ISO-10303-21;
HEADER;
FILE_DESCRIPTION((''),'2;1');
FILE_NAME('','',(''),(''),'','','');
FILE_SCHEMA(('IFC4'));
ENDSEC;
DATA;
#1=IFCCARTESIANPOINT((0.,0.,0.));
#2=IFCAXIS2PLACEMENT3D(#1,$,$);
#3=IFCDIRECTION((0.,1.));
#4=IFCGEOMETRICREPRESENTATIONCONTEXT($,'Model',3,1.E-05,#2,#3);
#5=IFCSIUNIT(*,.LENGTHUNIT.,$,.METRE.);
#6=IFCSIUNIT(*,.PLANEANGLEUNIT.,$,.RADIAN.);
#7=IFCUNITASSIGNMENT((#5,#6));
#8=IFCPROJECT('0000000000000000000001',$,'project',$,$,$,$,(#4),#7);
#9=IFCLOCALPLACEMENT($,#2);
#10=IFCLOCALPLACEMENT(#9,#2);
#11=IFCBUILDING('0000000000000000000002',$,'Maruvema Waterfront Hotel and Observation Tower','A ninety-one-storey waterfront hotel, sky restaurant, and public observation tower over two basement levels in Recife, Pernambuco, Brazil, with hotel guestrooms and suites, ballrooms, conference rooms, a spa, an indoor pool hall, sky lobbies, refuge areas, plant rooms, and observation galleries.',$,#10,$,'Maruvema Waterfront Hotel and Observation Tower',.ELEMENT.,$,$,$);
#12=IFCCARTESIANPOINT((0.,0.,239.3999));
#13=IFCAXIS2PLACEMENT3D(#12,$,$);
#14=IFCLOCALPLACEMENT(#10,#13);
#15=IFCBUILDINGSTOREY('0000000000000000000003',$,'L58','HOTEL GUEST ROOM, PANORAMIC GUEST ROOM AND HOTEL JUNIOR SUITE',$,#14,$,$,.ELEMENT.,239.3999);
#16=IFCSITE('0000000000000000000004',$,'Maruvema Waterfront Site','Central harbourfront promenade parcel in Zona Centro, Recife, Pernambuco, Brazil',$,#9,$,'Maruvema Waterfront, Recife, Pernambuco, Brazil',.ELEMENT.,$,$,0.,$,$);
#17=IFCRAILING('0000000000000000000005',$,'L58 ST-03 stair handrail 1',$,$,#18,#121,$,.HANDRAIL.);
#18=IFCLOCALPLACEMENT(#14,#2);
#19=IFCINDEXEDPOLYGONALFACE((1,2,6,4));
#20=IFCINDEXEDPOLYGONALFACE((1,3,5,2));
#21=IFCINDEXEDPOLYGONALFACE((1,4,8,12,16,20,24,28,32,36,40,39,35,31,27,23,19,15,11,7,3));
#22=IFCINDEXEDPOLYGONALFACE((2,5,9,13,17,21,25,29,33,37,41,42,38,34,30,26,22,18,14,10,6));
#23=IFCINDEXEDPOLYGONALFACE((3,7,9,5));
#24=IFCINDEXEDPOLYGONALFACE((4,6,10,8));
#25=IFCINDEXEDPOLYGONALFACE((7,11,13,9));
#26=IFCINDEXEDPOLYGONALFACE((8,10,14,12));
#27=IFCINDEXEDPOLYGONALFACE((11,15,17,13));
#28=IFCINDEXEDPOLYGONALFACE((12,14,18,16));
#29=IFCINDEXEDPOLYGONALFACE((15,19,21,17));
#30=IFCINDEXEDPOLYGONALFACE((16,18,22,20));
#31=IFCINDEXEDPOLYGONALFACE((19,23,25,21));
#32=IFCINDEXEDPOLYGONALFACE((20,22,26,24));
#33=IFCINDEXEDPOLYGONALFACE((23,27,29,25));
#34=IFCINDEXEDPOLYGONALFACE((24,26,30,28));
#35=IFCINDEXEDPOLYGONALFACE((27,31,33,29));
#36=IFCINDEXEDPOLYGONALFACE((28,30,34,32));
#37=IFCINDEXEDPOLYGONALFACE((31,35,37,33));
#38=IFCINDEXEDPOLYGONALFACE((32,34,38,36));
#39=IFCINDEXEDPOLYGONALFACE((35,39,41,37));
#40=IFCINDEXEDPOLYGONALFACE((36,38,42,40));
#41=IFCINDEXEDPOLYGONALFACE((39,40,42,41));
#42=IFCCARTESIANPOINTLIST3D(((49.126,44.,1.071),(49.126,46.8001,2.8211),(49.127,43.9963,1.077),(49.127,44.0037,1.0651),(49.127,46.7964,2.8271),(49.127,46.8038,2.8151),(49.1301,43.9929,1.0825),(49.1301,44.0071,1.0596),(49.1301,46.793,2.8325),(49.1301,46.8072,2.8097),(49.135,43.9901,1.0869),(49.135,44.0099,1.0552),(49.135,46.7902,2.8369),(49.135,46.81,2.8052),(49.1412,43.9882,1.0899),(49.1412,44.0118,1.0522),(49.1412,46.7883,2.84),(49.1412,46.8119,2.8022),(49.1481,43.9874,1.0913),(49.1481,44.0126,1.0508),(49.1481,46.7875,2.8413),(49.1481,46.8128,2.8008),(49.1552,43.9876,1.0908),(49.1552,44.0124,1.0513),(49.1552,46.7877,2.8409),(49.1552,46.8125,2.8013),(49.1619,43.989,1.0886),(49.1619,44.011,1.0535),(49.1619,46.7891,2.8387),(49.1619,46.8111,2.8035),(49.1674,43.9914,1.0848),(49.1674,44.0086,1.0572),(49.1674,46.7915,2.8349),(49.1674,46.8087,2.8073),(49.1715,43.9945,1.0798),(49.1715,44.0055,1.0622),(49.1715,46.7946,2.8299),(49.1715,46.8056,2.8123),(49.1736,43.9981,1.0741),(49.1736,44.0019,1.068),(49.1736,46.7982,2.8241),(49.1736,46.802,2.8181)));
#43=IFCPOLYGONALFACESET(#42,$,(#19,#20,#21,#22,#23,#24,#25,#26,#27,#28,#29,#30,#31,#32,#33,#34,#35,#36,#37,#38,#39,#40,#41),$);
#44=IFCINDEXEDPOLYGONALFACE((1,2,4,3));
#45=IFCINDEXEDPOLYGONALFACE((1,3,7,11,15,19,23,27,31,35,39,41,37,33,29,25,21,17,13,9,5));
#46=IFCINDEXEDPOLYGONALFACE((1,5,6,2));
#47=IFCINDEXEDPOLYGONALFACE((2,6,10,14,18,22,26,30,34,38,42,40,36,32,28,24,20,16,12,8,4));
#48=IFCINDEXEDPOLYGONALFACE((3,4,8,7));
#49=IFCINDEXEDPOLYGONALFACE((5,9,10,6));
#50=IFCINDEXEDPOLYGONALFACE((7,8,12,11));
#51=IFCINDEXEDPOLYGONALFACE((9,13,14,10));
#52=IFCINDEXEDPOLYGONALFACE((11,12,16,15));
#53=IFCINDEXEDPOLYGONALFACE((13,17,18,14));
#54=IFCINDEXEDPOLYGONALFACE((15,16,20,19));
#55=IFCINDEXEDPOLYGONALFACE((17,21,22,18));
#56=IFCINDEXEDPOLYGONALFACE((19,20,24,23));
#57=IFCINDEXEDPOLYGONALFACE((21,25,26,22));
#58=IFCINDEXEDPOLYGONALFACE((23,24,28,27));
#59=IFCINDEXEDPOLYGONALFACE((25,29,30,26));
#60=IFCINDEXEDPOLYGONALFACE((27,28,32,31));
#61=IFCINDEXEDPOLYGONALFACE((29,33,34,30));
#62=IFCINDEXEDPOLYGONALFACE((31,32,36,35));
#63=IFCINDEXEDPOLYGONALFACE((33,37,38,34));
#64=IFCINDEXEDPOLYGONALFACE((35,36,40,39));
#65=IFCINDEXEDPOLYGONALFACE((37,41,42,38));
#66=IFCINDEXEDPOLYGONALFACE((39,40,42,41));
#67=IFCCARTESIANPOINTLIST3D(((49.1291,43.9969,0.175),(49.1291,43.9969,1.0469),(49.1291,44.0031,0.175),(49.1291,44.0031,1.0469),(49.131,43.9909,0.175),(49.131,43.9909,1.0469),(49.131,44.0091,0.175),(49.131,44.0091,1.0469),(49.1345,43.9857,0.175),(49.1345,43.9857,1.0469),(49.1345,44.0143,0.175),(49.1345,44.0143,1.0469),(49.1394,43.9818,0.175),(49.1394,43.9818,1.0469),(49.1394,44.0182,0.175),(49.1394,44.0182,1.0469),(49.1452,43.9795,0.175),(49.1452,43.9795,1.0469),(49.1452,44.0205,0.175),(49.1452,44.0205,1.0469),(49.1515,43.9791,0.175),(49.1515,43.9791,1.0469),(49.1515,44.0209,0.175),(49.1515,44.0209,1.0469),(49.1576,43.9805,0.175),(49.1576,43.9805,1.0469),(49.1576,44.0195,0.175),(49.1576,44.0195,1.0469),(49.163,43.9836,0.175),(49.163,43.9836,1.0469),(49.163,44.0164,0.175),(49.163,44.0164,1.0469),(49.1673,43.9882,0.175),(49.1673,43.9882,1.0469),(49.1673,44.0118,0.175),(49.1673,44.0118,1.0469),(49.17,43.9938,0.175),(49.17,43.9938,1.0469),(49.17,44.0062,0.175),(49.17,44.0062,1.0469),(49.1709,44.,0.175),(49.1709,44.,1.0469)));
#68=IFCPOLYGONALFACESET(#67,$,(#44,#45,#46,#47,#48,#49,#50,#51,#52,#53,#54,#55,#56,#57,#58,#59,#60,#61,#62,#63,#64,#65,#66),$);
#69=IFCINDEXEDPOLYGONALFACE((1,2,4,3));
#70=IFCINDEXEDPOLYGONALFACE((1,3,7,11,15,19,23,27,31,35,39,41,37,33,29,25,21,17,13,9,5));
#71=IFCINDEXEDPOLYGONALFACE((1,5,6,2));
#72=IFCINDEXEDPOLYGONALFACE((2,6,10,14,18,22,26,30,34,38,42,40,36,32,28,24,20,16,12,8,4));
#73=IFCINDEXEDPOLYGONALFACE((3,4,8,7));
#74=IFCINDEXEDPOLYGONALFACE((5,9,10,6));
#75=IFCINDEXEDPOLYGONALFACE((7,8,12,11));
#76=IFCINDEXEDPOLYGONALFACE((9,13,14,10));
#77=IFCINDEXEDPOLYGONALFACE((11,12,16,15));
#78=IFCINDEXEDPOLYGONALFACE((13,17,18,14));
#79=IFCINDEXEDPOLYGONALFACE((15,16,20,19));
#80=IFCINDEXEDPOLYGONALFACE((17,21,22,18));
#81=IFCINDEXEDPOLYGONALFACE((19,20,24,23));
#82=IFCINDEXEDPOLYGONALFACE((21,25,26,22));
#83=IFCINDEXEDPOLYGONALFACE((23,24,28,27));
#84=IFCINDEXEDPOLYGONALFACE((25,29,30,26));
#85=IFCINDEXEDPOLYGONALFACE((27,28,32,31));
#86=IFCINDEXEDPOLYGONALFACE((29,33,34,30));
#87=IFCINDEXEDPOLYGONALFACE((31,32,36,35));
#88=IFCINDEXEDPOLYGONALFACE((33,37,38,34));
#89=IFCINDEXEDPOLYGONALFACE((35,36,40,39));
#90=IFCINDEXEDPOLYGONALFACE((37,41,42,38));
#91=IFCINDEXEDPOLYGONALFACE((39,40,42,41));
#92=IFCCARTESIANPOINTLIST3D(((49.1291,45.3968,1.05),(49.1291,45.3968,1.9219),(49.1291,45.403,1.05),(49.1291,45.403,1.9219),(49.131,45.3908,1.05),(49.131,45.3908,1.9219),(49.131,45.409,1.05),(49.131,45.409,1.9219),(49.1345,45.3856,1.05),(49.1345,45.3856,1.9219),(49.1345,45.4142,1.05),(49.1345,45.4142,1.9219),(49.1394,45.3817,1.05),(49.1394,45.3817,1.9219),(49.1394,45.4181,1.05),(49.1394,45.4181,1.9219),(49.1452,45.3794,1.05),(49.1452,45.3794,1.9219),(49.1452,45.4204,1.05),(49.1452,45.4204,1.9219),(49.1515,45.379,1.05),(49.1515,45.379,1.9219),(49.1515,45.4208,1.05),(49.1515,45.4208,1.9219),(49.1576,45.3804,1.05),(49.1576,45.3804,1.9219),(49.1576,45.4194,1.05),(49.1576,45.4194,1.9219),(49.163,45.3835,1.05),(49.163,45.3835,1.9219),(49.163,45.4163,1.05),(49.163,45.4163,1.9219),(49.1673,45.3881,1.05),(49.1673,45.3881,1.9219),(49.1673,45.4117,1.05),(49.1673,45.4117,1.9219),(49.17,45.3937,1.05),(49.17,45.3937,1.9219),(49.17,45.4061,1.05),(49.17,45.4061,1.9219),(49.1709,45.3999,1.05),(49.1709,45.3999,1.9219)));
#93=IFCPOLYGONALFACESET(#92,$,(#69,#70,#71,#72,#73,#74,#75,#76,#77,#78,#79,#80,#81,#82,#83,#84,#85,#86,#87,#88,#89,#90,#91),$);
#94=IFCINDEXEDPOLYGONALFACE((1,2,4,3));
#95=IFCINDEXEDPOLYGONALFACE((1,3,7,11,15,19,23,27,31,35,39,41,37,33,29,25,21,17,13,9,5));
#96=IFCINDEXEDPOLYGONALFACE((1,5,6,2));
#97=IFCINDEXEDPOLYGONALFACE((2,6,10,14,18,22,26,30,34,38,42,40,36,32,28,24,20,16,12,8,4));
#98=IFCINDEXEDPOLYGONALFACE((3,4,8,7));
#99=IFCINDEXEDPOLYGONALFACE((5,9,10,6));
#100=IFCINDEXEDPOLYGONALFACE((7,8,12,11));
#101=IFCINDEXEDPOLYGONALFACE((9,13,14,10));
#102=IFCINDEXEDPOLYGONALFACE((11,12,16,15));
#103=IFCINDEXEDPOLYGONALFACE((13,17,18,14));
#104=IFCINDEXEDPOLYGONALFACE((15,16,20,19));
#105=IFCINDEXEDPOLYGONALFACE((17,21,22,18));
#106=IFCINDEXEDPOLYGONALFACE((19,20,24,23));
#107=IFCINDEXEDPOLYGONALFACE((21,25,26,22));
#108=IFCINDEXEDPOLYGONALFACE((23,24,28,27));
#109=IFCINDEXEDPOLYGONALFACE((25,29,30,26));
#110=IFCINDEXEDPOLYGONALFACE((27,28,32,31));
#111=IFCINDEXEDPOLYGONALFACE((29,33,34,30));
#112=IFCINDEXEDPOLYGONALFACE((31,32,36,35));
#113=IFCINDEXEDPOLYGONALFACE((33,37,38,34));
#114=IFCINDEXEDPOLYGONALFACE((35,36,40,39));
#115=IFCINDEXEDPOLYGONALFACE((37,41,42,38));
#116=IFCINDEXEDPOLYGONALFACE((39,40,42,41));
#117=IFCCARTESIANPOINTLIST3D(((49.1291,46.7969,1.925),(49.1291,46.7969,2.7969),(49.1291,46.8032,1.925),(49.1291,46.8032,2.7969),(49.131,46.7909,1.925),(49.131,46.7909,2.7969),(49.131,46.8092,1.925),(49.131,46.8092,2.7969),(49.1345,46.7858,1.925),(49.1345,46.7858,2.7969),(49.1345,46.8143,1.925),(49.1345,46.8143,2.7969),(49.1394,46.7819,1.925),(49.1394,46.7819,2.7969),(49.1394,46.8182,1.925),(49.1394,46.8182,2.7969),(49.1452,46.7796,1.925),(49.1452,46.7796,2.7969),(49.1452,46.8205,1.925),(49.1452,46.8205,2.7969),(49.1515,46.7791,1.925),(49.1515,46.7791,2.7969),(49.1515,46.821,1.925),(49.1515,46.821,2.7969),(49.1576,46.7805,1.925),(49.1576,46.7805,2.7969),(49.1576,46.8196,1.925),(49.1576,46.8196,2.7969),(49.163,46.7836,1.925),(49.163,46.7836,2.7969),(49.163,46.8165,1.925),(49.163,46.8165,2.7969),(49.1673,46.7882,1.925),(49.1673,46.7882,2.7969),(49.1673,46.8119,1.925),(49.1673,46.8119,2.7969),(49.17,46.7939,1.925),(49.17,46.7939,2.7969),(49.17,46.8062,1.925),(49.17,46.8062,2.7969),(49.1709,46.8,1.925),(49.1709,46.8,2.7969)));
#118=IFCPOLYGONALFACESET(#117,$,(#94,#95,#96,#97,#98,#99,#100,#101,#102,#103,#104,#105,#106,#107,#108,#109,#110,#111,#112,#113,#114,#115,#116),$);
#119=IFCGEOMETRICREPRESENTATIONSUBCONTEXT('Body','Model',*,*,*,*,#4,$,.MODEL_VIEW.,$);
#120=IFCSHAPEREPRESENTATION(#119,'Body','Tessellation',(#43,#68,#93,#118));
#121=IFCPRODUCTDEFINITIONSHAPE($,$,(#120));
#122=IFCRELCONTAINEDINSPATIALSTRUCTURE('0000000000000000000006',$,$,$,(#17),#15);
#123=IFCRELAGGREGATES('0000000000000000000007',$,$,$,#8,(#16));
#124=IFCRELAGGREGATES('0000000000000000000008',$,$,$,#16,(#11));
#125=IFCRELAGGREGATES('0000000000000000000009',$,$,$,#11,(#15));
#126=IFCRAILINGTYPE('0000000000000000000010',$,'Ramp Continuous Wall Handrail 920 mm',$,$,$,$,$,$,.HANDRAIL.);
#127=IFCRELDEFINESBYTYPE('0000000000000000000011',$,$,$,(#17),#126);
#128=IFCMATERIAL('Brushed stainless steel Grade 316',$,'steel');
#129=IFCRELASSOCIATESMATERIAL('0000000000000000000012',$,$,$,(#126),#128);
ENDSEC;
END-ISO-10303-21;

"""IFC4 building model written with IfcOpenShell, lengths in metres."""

from ifc_helpers import new_model, si_unit, direction, frame, origin, origin_2d, place, context, subcontext, project, spatial, circle, extrude, material, type_object, element, save


model = new_model("IFC4")

# Units and contexts
model_context = context("Model", 3, precision=1e-05, world=origin(), true_north=direction((0.0, 1.0)))
body_context = subcontext(model_context, "Body", "Model", "MODEL_VIEW")
ifc_project = project(units=[si_unit("LENGTHUNIT", "METRE"), si_unit("PLANEANGLEUNIT", "RADIAN")], contexts=[model_context])

# Site, building, storey
site_placement = place(None, origin())
site = spatial("IfcSite", under=ifc_project, at=site_placement, Name="Maruvema Waterfront Site", Description="Central harbourfront promenade parcel in Zona Centro, Recife, Pernambuco, Brazil", LongName="Maruvema Waterfront, Recife, Pernambuco, Brazil", CompositionType="ELEMENT", RefElevation=0.0)
building_placement = place(site_placement, origin())
building = spatial("IfcBuilding", under=site, at=building_placement, Name="Maruvema Waterfront Hotel and Observation Tower", Description="A ninety-one-storey waterfront hotel, sky restaurant, and public observation tower over two basement levels in Recife, Pernambuco, Brazil, with hotel guestrooms and suites, ballrooms, conference rooms, a spa, an indoor pool hall, sky lobbies, refuge areas, plant rooms, and observation galleries.", LongName="Maruvema Waterfront Hotel and Observation Tower", CompositionType="ELEMENT")
storey_placement = place(building_placement, frame((0.0, 0.0, 239.3999)))
storey = spatial("IfcBuildingStorey", under=building, at=storey_placement, Name="L58", Description="HOTEL GUEST ROOM, PANORAMIC GUEST ROOM AND HOTEL JUNIOR SUITE", CompositionType="ELEMENT", Elevation=239.3999)

# Railing
ifc_material_1 = material(Name="Brushed stainless steel Grade 316", Category="steel")
railing_type_1 = type_object("IfcRailingType", Name="Ramp Continuous Wall Handrail 920 mm", PredefinedType="HANDRAIL", material=ifc_material_1)
railing_1_placement = place(storey_placement, frame((49.1499, 44.0, 0.175)))
element("IfcRailing", 1, at=railing_1_placement, inside=storey, type_object=railing_type_1, Name="L58 ST-03 stair handrail 1", PredefinedType="HANDRAIL", context=body_context, shape_type="SweptSolid", body=[
    extrude(circle(Radius=0.0239, at=origin_2d()), frame((0.0, 0.0, 0.896), z_axis=(0.0, 0.848002, 0.529992), x_axis=(-1.0, 0.0, 0.0)), (0.0, 0.0, 1.0), 3.302),
    extrude(circle(Radius=0.021, at=origin_2d()), origin(), (0.0, 0.0, 1.0), 0.8718),
    extrude(circle(Radius=0.021, at=origin_2d()), frame((0.0, 1.3999, 0.875)), (0.0, 0.0, 1.0), 0.8718),
    extrude(circle(Radius=0.021, at=origin_2d()), frame((0.0, 2.8, 1.75)), (0.0, 0.0, 1.0), 0.8718),
])

save(model, "model.ifc")
